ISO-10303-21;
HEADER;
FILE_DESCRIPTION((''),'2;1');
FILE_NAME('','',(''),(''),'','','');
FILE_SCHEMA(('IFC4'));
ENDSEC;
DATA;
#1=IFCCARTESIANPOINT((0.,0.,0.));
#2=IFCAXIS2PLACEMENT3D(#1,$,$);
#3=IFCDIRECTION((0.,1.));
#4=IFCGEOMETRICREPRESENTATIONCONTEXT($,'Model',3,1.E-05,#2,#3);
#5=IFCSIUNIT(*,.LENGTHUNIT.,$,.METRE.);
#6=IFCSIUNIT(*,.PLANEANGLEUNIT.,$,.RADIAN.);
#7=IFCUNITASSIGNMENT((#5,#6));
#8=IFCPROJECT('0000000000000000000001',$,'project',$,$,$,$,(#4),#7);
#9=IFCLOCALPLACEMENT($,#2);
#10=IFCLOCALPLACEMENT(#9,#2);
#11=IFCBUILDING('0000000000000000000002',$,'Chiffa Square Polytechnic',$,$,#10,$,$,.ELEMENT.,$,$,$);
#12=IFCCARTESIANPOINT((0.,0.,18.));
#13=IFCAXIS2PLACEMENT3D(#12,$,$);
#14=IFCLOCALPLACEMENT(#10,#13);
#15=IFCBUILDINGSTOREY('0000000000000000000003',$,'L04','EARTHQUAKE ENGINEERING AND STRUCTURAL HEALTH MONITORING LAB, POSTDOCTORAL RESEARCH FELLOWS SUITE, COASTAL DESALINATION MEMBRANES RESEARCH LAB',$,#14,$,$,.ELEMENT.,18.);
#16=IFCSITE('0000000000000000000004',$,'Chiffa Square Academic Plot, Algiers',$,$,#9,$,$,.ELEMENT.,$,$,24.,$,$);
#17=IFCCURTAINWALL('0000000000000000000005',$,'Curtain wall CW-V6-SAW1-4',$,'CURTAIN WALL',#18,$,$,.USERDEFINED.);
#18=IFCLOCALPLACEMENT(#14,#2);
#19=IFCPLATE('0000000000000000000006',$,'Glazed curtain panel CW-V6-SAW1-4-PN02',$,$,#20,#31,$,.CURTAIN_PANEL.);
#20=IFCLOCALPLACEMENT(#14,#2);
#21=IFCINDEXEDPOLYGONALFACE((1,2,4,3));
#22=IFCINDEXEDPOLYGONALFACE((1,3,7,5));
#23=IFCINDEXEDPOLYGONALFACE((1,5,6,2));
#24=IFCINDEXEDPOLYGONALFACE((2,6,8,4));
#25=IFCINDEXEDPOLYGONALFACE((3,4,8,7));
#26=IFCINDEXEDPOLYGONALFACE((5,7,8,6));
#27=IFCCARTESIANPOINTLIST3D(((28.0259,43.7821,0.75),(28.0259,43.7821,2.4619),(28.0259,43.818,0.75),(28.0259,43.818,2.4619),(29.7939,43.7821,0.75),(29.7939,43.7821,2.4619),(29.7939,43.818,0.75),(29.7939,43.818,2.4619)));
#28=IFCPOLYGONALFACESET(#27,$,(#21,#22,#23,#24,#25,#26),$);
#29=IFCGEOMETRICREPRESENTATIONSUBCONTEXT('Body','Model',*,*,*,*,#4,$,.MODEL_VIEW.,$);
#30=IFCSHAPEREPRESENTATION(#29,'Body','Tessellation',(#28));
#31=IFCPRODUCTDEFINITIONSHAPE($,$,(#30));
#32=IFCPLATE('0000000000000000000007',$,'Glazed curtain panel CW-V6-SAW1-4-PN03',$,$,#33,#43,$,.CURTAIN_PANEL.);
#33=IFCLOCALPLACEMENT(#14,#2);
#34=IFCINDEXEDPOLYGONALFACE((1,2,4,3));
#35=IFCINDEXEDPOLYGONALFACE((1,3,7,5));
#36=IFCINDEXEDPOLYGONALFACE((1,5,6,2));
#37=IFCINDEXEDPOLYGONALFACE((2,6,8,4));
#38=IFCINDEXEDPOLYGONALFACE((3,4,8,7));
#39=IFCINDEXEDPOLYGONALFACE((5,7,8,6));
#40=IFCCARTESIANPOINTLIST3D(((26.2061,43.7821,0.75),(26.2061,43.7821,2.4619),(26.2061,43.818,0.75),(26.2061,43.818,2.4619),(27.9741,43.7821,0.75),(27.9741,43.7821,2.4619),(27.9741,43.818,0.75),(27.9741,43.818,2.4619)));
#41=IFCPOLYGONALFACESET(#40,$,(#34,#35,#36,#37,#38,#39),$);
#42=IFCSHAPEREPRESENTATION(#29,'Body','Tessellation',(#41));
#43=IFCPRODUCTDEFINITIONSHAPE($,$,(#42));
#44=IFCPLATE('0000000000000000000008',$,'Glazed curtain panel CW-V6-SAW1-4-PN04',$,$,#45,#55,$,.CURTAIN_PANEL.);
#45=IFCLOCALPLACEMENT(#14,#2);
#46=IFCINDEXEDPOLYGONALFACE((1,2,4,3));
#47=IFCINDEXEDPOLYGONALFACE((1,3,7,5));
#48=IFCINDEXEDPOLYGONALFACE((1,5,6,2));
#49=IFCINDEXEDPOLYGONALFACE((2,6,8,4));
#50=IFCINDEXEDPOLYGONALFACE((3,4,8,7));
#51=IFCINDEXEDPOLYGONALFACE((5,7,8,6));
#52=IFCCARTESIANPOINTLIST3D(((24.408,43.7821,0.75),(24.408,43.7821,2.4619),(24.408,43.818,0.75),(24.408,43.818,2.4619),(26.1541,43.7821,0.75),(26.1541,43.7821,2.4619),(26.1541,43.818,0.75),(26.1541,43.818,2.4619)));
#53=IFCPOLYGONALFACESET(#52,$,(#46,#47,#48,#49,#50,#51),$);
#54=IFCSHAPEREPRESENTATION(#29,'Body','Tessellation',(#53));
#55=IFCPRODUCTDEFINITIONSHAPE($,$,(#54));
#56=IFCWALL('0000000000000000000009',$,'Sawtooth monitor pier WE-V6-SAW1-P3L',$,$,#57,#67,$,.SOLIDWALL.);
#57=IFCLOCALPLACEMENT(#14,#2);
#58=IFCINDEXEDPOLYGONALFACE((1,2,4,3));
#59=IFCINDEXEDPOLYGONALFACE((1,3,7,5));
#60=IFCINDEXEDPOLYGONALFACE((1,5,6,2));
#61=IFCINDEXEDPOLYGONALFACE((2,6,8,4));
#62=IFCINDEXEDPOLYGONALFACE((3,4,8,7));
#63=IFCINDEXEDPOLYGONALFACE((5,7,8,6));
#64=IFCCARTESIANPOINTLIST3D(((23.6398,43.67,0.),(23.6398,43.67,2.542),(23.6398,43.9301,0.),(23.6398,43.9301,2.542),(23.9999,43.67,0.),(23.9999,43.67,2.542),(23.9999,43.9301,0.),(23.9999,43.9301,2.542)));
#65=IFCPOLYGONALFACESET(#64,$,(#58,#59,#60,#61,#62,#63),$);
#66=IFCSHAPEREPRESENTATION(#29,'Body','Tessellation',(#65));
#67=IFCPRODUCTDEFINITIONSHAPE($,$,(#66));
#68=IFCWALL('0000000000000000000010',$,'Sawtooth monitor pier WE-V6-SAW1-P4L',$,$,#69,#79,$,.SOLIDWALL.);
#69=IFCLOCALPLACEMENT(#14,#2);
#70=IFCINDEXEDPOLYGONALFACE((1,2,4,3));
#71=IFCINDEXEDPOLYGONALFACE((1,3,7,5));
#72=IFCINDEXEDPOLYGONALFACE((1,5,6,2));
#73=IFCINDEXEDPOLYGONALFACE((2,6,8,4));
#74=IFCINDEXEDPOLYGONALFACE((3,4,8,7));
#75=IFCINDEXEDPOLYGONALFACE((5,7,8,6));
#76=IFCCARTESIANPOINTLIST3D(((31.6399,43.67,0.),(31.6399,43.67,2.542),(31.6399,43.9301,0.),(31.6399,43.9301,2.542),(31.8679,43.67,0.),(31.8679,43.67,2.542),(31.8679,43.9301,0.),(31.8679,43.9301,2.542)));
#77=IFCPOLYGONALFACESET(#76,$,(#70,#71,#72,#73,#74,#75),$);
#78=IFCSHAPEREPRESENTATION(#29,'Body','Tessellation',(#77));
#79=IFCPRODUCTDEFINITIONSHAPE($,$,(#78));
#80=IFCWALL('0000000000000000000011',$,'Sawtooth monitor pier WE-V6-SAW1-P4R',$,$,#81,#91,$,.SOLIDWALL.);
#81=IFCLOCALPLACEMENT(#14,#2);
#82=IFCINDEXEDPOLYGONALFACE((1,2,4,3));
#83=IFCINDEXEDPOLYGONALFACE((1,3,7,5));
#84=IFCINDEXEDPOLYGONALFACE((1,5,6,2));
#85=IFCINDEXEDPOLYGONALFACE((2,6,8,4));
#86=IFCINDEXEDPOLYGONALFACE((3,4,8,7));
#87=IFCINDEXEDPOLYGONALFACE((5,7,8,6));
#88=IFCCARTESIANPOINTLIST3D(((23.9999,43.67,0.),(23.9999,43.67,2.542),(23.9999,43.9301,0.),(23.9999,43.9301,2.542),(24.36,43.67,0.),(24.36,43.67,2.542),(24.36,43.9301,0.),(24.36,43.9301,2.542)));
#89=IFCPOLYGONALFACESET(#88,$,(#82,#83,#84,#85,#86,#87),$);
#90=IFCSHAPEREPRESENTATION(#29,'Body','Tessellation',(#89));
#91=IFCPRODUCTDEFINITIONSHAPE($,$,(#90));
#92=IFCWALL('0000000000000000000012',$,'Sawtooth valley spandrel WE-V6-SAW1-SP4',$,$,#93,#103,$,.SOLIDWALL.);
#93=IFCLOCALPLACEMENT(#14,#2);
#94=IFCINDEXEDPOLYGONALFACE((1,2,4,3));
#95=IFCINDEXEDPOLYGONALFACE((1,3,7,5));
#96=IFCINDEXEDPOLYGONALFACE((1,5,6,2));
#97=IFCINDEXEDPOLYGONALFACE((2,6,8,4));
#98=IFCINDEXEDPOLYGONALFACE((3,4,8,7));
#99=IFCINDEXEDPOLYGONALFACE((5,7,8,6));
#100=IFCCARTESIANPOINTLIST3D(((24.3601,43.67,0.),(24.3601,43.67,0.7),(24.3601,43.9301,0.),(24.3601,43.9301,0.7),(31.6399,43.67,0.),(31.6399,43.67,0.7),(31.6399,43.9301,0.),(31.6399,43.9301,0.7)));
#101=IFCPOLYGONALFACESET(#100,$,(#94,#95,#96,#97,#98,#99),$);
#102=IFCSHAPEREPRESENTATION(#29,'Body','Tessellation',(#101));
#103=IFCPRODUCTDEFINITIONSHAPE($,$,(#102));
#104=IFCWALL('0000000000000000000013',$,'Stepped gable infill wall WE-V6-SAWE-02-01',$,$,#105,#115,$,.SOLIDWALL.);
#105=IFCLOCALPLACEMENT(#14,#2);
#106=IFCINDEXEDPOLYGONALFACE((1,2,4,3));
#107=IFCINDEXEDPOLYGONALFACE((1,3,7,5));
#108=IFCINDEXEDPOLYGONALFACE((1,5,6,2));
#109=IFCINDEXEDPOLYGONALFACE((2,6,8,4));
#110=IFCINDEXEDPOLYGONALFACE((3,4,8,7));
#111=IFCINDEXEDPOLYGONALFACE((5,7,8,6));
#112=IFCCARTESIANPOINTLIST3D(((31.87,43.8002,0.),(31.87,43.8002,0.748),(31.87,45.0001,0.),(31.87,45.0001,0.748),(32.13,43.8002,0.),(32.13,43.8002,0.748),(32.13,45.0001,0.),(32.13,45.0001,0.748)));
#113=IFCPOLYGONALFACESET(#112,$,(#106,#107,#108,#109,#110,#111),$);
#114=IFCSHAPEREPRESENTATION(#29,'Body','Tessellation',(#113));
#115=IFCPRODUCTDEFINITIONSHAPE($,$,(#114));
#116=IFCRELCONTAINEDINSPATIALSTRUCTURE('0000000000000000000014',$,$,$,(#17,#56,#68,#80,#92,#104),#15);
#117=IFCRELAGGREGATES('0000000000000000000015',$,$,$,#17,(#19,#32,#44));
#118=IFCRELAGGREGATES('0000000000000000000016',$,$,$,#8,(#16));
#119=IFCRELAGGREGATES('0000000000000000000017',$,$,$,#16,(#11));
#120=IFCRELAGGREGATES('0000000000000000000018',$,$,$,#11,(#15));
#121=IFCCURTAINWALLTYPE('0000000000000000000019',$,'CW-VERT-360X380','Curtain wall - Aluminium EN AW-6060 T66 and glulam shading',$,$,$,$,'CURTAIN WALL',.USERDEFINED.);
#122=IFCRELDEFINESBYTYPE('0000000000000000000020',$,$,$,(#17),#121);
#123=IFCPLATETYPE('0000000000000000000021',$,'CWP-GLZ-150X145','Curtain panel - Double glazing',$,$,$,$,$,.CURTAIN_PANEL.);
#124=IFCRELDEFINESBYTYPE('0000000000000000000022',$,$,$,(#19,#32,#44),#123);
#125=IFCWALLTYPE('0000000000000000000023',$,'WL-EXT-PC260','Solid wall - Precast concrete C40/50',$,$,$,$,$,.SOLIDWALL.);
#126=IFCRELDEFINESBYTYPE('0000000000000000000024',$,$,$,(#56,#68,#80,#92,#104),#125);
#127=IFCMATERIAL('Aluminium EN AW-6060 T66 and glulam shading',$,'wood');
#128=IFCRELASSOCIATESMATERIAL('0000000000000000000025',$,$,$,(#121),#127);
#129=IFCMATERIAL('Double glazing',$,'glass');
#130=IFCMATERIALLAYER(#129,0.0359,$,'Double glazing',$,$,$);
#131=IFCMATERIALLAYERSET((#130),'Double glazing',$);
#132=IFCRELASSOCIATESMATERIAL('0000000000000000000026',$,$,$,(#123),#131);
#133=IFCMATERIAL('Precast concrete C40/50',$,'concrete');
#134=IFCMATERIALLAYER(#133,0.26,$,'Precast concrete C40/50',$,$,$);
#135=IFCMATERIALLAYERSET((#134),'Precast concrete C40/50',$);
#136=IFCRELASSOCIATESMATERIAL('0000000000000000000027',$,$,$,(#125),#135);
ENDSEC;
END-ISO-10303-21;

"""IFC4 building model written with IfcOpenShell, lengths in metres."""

from ifc_helpers import new_model, si_unit, direction, frame, frame_2d, origin, origin_2d, place, context, subcontext, project, spatial, rectangle, extrude, material, layer, layer_set, type_object, element, aggregate, save


model = new_model("IFC4")

# Units and contexts
model_context = context("Model", 3, precision=1e-05, world=origin(), true_north=direction((0.0, 1.0)))
body_context = subcontext(model_context, "Body", "Model", "MODEL_VIEW")
ifc_project = project(units=[si_unit("LENGTHUNIT", "METRE"), si_unit("PLANEANGLEUNIT", "RADIAN")], contexts=[model_context])

# Site, building, storey
site_placement = place(None, origin())
site = spatial("IfcSite", under=ifc_project, at=site_placement, Name="Chiffa Square Academic Plot, Algiers", CompositionType="ELEMENT", RefElevation=24.0)
building_placement = place(site_placement, origin())
building = spatial("IfcBuilding", under=site, at=building_placement, Name="Chiffa Square Polytechnic", CompositionType="ELEMENT")
storey_placement = place(building_placement, frame((0.0, 0.0, 18.0)))
storey = spatial("IfcBuildingStorey", under=building, at=storey_placement, Name="L04", Description="EARTHQUAKE ENGINEERING AND STRUCTURAL HEALTH MONITORING LAB, POSTDOCTORAL RESEARCH FELLOWS SUITE, COASTAL DESALINATION MEMBRANES RESEARCH LAB", CompositionType="ELEMENT", Elevation=18.0)

# Curtain wall
ifc_material_1 = material(Name="Aluminium EN AW-6060 T66 and glulam shading", Category="wood")
curtain_wall_type_1 = type_object("IfcCurtainWallType", Name="CW-VERT-360X380", Description="Curtain wall - Aluminium EN AW-6060 T66 and glulam shading", ElementType="CURTAIN WALL", PredefinedType="USERDEFINED", material=ifc_material_1)
curtain_wall_1_placement = place(storey_placement, origin())
curtain_wall_1 = element("IfcCurtainWall", 1, at=curtain_wall_1_placement, inside=storey, type_object=curtain_wall_type_1, Name="Curtain wall CW-V6-SAW1-4", ObjectType="CURTAIN WALL", PredefinedType="USERDEFINED")

# Plates
ifc_material_2 = material(Name="Double glazing", Category="glass")
ifc_layer_1 = layer(ifc_material_2, 0.0359, Name="Double glazing")
ifc_layer_set_1 = layer_set([ifc_layer_1], Name="Double glazing")
plate_type = type_object("IfcPlateType", Name="CWP-GLZ-150X145", Description="Curtain panel - Double glazing", PredefinedType="CURTAIN_PANEL", material=ifc_layer_set_1)
plate_1_placement = place(storey_placement, frame((28.9099, 43.8, 0.75), z_axis=(0.0, 0.0, 1.0), x_axis=(-1.0, 0.0, 0.0)))
plate_1 = element("IfcPlate", 2, at=plate_1_placement, type_object=plate_type, Name="Glazed curtain panel CW-V6-SAW1-4-PN02", PredefinedType="CURTAIN_PANEL", context=body_context, shape_type="SweptSolid", body=[
    extrude(rectangle(XDim=1.7681, YDim=0.0359, at=origin_2d()), origin(), (0.0, 0.0, 1.0), 1.7119),
])
plate_2_placement = place(storey_placement, frame((27.0901, 43.8, 0.75), z_axis=(0.0, 0.0, 1.0), x_axis=(-1.0, 0.0, 0.0)))
plate_2 = element("IfcPlate", 3, at=plate_2_placement, type_object=plate_type, Name="Glazed curtain panel CW-V6-SAW1-4-PN03", PredefinedType="CURTAIN_PANEL", context=body_context, shape_type="SweptSolid", body=[
    extrude(rectangle(XDim=1.7681, YDim=0.0359, at=origin_2d()), origin(), (0.0, 0.0, 1.0), 1.7119),
])
plate_3_placement = place(storey_placement, frame((25.281, 43.8, 0.75), z_axis=(0.0, 0.0, 1.0), x_axis=(-1.0, 0.0, 0.0)))
plate_3 = element("IfcPlate", 4, at=plate_3_placement, type_object=plate_type, Name="Glazed curtain panel CW-V6-SAW1-4-PN04", PredefinedType="CURTAIN_PANEL", context=body_context, shape_type="SweptSolid", body=[
    extrude(rectangle(XDim=1.7461, YDim=0.0359, at=origin_2d()), origin(), (0.0, 0.0, 1.0), 1.7119),
])
aggregate(curtain_wall_1, [plate_1, plate_2, plate_3])

# Walls
ifc_material_3 = material(Name="Precast concrete C40/50", Category="concrete")
ifc_layer_2 = layer(ifc_material_3, 0.26, Name="Precast concrete C40/50")
ifc_layer_set_2 = layer_set([ifc_layer_2], Name="Precast concrete C40/50")
wall_type = type_object("IfcWallType", Name="WL-EXT-PC260", Description="Solid wall - Precast concrete C40/50", PredefinedType="SOLIDWALL", material=ifc_layer_set_2)
wall_1_placement = place(storey_placement, frame((24.0, 43.8, 0.0), z_axis=(0.0, 0.0, 1.0), x_axis=(-1.0, 0.0, 0.0)))
element("IfcWall", 5, at=wall_1_placement, inside=storey, type_object=wall_type, Name="Sawtooth monitor pier WE-V6-SAW1-P3L", PredefinedType="SOLIDWALL", context=body_context, shape_type="SweptSolid", body=[
    extrude(rectangle(XDim=0.3601, YDim=0.26, at=frame_2d((0.1802, 0.0))), origin(), (0.0, 0.0, 1.0), 2.542),
])
wall_2_placement = place(storey_placement, frame((31.8679, 43.8, 0.0), z_axis=(0.0, 0.0, 1.0), x_axis=(-1.0, 0.0, 0.0)))
element("IfcWall", 6, at=wall_2_placement, inside=storey, type_object=wall_type, Name="Sawtooth monitor pier WE-V6-SAW1-P4L", PredefinedType="SOLIDWALL", context=body_context, shape_type="SweptSolid", body=[
    extrude(rectangle(XDim=0.228, YDim=0.26, at=frame_2d((0.114, 0.0))), origin(), (0.0, 0.0, 1.0), 2.542),
])
wall_3_placement = place(storey_placement, frame((24.3601, 43.8, 0.0), z_axis=(0.0, 0.0, 1.0), x_axis=(-1.0, 0.0, 0.0)))
element("IfcWall", 7, at=wall_3_placement, inside=storey, type_object=wall_type, Name="Sawtooth monitor pier WE-V6-SAW1-P4R", PredefinedType="SOLIDWALL", context=body_context, shape_type="SweptSolid", body=[
    extrude(rectangle(XDim=0.3601, YDim=0.26, at=frame_2d((0.1802, 0.0))), origin(), (0.0, 0.0, 1.0), 2.542),
])
wall_4_placement = place(storey_placement, frame((24.3601, 43.8, 0.0), z_axis=(0.0, 0.0, 1.0), x_axis=(1.0, 0.0, 0.0)))
element("IfcWall", 8, at=wall_4_placement, inside=storey, type_object=wall_type, Name="Sawtooth valley spandrel WE-V6-SAW1-SP4", PredefinedType="SOLIDWALL", context=body_context, shape_type="SweptSolid", body=[
    extrude(rectangle(XDim=7.2798, YDim=0.26, at=frame_2d((3.6399, 0.0))), origin(), (0.0, 0.0, 1.0), 0.7),
])
wall_5_placement = place(storey_placement, frame((32.0, 43.8, 0.0), z_axis=(0.0, 0.0, 1.0), x_axis=(0.0, 1.0, 0.0)))
element("IfcWall", 9, at=wall_5_placement, inside=storey, type_object=wall_type, Name="Stepped gable infill wall WE-V6-SAWE-02-01", PredefinedType="SOLIDWALL", context=body_context, shape_type="SweptSolid", body=[
    extrude(rectangle(XDim=1.2, YDim=0.26, at=frame_2d((0.6001, 0.0))), origin(), (0.0, 0.0, 1.0), 0.748),
])

save(model, "model.ifc")
